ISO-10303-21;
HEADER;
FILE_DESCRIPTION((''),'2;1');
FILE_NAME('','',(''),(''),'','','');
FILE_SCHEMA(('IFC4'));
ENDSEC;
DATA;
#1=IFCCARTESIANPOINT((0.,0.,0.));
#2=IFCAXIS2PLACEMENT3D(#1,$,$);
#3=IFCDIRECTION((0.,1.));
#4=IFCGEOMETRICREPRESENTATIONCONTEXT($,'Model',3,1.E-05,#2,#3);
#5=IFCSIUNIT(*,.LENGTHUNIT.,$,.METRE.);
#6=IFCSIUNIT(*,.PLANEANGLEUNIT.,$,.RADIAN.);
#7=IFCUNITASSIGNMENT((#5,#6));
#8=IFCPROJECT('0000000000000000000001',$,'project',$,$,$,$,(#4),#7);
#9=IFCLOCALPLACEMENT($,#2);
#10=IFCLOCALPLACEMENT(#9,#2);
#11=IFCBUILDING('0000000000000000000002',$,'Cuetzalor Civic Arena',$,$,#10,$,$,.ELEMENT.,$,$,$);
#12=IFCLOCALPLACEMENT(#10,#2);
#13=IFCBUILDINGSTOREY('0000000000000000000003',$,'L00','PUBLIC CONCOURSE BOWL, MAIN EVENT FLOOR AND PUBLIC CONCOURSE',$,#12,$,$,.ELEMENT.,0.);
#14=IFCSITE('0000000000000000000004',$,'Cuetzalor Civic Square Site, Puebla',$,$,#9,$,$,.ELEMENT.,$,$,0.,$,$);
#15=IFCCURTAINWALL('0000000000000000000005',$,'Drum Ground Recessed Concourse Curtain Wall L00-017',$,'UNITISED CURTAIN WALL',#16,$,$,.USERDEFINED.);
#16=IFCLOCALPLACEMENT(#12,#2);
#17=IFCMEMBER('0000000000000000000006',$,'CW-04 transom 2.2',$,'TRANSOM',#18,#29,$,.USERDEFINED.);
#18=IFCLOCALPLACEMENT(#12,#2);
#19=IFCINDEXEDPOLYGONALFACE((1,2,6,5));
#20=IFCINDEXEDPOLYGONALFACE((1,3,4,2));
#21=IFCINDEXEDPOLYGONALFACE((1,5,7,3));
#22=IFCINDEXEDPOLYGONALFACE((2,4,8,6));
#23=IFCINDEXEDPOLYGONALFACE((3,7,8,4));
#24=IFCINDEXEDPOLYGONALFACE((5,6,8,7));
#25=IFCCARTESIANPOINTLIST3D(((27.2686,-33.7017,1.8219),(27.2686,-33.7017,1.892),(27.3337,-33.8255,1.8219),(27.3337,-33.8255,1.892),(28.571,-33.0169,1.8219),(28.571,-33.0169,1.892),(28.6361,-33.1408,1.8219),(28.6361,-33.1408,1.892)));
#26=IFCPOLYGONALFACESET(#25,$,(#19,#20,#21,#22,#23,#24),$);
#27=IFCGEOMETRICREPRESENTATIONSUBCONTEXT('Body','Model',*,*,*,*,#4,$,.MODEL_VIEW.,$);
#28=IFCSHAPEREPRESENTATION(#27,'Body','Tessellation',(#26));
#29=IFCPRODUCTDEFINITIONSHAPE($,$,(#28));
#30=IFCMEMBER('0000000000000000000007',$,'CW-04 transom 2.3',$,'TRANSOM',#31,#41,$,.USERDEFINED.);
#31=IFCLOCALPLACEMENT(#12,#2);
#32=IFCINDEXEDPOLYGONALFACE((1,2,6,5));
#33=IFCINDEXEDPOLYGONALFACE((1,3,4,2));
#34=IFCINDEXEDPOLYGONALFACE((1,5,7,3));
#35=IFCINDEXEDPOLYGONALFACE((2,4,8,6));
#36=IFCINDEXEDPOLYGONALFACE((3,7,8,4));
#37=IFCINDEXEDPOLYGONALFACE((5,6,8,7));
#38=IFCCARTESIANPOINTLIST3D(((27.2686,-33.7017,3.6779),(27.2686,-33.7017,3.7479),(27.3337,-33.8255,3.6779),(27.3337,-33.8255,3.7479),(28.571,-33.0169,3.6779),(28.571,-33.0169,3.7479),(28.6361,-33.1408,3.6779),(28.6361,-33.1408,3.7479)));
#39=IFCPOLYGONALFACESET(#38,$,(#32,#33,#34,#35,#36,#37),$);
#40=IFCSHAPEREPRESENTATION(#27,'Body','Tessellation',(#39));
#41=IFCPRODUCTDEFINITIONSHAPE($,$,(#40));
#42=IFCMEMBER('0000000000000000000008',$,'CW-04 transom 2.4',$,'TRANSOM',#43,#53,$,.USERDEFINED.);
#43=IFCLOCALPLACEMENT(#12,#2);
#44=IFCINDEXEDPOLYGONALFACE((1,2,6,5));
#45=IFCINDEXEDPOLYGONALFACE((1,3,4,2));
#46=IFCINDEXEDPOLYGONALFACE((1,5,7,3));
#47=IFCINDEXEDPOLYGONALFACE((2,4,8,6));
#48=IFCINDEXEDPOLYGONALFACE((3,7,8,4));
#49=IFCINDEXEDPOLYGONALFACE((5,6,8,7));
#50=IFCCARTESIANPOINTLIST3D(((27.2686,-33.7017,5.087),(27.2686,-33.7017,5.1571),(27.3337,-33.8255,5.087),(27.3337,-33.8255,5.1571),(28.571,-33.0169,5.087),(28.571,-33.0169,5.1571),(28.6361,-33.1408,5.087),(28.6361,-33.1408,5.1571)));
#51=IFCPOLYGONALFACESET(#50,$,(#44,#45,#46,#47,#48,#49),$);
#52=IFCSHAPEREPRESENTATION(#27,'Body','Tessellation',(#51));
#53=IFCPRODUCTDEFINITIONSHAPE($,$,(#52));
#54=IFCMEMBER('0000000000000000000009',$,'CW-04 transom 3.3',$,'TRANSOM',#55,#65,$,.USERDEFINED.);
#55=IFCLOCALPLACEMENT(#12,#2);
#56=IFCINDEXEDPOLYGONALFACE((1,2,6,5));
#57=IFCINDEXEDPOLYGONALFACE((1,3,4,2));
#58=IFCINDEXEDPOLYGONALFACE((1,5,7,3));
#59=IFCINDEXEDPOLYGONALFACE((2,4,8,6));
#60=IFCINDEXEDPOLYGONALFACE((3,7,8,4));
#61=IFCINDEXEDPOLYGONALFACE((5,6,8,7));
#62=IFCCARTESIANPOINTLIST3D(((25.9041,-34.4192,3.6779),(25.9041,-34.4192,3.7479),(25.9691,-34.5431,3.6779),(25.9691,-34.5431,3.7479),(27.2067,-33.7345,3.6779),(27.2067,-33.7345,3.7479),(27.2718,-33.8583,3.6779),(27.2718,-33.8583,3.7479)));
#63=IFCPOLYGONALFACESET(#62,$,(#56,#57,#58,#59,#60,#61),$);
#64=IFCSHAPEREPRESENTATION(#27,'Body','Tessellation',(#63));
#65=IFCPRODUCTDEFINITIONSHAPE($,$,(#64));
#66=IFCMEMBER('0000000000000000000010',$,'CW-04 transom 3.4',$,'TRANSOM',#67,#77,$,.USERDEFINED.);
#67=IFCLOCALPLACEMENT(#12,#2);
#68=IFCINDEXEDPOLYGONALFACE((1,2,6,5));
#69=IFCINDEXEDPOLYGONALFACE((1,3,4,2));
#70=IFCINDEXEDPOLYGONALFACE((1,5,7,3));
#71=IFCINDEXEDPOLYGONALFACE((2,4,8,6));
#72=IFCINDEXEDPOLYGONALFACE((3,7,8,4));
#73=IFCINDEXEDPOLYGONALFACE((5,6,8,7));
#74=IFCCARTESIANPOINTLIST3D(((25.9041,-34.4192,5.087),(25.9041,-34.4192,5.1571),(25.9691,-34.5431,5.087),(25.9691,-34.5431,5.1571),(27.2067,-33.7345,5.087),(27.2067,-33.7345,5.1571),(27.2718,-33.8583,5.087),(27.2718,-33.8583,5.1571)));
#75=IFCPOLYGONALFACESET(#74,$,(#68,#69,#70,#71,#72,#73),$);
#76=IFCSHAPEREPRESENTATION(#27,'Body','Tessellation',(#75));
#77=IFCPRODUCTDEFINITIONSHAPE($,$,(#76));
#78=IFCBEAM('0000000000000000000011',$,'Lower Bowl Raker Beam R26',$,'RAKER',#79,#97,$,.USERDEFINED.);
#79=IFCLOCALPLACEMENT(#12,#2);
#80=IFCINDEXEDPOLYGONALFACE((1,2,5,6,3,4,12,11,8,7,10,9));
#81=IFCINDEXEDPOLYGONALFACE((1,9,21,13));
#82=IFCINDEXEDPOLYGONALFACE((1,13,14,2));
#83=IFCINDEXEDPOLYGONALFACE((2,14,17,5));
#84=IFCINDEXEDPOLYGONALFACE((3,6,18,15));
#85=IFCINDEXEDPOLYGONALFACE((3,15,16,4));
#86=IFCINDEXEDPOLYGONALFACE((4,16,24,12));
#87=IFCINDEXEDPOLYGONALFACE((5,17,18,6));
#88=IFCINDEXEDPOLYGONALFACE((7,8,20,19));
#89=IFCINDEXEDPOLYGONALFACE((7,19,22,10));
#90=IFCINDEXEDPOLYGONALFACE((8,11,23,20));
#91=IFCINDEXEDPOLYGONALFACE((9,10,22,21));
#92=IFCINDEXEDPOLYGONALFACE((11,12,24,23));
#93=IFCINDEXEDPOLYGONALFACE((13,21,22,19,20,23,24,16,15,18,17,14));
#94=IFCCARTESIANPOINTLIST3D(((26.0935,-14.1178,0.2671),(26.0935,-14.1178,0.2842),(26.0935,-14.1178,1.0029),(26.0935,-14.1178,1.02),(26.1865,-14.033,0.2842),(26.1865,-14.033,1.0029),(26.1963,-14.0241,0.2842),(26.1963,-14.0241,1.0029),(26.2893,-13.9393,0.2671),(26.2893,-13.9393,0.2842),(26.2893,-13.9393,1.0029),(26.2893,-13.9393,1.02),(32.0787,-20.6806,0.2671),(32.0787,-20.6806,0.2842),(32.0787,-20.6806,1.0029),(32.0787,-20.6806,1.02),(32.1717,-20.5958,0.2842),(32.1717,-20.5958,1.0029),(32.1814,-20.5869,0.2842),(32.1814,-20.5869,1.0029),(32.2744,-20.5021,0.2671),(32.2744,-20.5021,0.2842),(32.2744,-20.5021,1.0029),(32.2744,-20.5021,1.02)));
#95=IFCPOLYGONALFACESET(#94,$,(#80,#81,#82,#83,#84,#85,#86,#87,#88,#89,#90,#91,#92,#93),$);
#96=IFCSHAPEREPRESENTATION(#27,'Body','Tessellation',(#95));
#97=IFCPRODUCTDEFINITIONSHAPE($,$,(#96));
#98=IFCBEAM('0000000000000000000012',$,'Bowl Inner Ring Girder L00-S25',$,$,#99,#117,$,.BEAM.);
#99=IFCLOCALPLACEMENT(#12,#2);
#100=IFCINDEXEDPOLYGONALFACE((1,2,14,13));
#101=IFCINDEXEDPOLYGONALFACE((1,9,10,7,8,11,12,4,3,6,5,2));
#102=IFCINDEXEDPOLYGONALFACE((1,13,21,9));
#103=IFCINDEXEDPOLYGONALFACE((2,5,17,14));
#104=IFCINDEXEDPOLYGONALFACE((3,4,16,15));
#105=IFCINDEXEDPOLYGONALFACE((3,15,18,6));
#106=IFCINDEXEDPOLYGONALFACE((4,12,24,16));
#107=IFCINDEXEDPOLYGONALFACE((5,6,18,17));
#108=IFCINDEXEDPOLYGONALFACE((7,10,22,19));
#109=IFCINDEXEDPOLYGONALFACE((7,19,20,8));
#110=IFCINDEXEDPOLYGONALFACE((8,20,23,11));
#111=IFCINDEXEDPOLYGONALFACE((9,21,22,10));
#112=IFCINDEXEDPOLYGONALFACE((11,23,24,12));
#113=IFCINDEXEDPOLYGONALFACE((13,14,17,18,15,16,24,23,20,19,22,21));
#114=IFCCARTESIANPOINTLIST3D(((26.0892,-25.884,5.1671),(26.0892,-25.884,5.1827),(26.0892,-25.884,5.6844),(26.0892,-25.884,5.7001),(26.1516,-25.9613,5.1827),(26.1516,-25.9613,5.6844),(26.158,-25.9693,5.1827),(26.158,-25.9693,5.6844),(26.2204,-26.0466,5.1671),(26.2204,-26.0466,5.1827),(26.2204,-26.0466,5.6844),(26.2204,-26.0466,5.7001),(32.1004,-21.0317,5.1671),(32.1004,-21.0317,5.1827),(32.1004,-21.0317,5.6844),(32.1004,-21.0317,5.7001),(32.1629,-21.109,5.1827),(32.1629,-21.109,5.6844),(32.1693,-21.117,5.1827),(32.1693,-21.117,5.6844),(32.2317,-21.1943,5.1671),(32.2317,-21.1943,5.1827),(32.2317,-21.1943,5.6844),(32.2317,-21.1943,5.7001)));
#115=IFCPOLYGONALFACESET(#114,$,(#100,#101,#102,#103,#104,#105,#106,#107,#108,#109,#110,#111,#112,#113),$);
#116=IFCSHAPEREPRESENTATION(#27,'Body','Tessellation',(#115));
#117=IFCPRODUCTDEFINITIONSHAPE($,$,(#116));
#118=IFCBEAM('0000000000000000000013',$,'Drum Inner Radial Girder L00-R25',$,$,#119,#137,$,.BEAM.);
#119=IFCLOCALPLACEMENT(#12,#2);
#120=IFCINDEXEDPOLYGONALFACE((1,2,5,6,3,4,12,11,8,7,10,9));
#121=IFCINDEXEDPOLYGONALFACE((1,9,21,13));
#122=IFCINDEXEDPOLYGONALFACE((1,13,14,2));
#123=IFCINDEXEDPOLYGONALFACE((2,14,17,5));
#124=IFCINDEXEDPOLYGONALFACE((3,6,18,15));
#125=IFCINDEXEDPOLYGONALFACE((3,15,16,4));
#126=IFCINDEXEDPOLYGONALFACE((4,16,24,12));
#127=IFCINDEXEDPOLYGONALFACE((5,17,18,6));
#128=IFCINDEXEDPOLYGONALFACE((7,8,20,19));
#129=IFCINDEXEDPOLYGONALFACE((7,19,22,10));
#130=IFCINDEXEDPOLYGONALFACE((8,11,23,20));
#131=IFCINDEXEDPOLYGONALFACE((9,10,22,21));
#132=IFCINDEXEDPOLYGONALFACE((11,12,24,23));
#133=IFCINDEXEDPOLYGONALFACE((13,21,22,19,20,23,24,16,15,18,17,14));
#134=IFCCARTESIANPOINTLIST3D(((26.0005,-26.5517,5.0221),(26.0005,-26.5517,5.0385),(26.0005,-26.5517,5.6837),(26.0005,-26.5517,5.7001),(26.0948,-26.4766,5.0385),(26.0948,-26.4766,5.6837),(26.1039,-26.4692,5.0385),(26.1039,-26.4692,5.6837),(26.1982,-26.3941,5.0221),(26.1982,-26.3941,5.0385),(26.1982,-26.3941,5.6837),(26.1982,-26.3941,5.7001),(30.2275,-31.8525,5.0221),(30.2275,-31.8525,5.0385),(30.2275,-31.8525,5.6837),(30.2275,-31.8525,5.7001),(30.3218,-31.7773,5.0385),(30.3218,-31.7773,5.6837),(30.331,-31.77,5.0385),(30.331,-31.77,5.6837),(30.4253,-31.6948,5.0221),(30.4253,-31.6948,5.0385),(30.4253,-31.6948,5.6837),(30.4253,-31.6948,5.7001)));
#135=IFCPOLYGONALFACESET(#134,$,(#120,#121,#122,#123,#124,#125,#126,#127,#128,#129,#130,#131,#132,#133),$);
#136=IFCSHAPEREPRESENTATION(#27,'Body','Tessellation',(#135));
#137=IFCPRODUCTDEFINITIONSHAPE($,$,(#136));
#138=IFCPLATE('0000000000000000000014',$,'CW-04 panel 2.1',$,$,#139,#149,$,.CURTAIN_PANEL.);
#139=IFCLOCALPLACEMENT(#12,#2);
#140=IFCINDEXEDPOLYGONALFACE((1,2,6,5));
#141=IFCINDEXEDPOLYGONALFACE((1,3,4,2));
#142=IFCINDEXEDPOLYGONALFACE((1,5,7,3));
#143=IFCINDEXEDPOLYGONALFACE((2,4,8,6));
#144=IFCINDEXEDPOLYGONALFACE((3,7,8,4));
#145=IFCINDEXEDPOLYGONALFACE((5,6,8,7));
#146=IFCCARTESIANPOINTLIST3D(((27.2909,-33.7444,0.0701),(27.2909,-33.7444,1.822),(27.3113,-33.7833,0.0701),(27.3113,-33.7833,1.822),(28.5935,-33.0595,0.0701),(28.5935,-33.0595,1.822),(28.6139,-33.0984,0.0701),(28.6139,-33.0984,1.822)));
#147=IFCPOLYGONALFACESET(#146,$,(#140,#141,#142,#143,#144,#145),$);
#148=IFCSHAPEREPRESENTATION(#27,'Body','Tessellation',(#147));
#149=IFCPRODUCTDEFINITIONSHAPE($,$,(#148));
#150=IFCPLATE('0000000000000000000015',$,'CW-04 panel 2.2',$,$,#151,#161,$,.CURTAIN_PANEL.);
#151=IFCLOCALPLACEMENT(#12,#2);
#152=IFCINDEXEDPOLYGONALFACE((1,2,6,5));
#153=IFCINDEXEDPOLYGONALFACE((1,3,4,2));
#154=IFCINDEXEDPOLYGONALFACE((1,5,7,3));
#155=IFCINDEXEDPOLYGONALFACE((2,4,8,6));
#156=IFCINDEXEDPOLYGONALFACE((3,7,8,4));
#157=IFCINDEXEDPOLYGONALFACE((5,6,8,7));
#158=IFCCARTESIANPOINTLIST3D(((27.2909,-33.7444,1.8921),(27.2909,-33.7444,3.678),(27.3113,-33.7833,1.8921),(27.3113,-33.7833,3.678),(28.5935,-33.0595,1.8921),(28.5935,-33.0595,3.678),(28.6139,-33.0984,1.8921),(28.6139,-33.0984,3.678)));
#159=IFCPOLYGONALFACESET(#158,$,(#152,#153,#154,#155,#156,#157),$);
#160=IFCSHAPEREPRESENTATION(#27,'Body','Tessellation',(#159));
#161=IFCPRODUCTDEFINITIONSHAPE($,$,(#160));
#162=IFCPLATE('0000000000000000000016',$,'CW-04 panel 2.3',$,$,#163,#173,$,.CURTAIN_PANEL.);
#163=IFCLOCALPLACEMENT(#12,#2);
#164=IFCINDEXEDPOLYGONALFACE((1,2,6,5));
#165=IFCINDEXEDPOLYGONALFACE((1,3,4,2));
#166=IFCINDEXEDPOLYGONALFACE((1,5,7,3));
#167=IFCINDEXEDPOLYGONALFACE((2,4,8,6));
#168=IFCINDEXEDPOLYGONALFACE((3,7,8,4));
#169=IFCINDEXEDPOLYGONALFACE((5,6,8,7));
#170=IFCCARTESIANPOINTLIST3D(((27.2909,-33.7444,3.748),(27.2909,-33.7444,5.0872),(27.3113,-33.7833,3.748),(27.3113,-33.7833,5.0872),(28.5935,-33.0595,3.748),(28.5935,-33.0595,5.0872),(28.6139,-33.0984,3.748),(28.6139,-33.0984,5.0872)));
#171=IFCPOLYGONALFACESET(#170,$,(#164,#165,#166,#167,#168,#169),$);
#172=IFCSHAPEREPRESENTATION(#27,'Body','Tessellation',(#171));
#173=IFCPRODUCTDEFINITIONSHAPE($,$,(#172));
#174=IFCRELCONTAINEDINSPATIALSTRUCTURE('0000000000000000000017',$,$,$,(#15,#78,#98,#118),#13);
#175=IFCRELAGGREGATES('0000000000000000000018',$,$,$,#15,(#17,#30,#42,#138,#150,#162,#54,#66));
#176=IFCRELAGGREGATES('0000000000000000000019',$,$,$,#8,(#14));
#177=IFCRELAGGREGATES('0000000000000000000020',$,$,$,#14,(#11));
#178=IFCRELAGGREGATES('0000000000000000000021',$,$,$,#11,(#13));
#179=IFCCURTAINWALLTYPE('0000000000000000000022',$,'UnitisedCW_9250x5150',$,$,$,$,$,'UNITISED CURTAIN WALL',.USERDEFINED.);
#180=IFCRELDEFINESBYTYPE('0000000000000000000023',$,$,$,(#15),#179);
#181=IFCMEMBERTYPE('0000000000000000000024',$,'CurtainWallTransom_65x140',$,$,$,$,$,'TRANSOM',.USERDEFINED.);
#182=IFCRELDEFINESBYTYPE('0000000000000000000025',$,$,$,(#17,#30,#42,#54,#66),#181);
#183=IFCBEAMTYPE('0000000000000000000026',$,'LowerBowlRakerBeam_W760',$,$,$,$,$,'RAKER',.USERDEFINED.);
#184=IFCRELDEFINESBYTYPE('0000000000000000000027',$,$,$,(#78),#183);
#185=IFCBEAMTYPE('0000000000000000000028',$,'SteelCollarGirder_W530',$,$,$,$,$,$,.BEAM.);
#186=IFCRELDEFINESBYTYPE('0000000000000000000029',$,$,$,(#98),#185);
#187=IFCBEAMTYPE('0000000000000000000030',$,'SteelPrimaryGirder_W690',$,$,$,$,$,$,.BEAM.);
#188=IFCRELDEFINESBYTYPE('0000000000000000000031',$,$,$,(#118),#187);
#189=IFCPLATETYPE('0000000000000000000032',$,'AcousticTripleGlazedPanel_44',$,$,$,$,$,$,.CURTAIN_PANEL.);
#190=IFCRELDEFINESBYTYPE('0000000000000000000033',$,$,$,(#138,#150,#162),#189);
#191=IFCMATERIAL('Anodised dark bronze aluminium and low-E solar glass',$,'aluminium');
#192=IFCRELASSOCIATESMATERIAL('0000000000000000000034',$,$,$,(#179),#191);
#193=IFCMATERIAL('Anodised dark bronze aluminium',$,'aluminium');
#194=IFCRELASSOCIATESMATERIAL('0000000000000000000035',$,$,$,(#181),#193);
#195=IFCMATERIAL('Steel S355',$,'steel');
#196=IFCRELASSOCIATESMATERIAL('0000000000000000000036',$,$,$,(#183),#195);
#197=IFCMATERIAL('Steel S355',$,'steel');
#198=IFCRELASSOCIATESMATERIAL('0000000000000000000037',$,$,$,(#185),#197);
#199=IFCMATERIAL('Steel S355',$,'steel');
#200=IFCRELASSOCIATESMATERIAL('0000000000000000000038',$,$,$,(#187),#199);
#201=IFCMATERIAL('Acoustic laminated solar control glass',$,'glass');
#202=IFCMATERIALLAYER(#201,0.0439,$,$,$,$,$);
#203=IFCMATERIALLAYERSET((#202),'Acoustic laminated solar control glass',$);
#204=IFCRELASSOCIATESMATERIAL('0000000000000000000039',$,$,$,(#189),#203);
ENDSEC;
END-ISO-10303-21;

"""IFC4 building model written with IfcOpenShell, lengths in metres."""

from ifc_helpers import new_model, si_unit, direction, frame, origin, origin_2d, place, context, subcontext, project, spatial, rectangle, i_section, extrude, material, layer, layer_set, material_profile, profile_set, type_object, element, aggregate, save


model = new_model("IFC4")

# Units and contexts
model_context = context("Model", 3, precision=1e-05, world=origin(), true_north=direction((0.0, 1.0)))
body_context = subcontext(model_context, "Body", "Model", "MODEL_VIEW")
ifc_project = project(units=[si_unit("LENGTHUNIT", "METRE"), si_unit("PLANEANGLEUNIT", "RADIAN")], contexts=[model_context])

# Site, building, storey
site_placement = place(None, origin())
site = spatial("IfcSite", under=ifc_project, at=site_placement, Name="Cuetzalor Civic Square Site, Puebla", CompositionType="ELEMENT", RefElevation=0.0)
building_placement = place(site_placement, origin())
building = spatial("IfcBuilding", under=site, at=building_placement, Name="Cuetzalor Civic Arena", CompositionType="ELEMENT")
storey_placement = place(building_placement, origin())
storey = spatial("IfcBuildingStorey", under=building, at=storey_placement, Name="L00", Description="PUBLIC CONCOURSE BOWL, MAIN EVENT FLOOR AND PUBLIC CONCOURSE", CompositionType="ELEMENT", Elevation=0.0)

# Curtain wall, members
ifc_material_1 = material(Name="Anodised dark bronze aluminium and low-E solar glass", Category="aluminium")
curtain_wall_type = type_object("IfcCurtainWallType", Name="UnitisedCW_9250x5150", ElementType="UNITISED CURTAIN WALL", PredefinedType="USERDEFINED", material=ifc_material_1)
curtain_wall_placement = place(storey_placement, origin())
curtain_wall = element("IfcCurtainWall", 1, at=curtain_wall_placement, inside=storey, type_object=curtain_wall_type, Name="Drum Ground Recessed Concourse Curtain Wall L00-017", ObjectType="UNITISED CURTAIN WALL", PredefinedType="USERDEFINED")
ifc_material_2 = material(Name="Anodised dark bronze aluminium", Category="aluminium")
ifc_material_profile_1 = material_profile(ifc_material_2, rectangle(XDim=0.1399, YDim=0.0701, at=origin_2d()), Name="ALU TRANSOM 70x140")
ifc_profile_set_1 = profile_set([ifc_material_profile_1], Name="Anodised dark bronze aluminium")
member_type_1 = type_object("IfcMemberType", Name="CurtainWallTransom_65x140", ElementType="TRANSOM", PredefinedType="USERDEFINED", material=ifc_profile_set_1)
member_1_placement = place(storey_placement, frame((28.6035, -33.0789, 1.8569), z_axis=(-0.885116, -0.46537, 0.0), x_axis=(0.46537, -0.885116, 0.0)))
member_1 = element("IfcMember", 2, at=member_1_placement, type_object=member_type_1, Name="CW-04 transom 2.2", ObjectType="TRANSOM", PredefinedType="USERDEFINED", context=body_context, shape_type="SweptSolid", body=[
    extrude(rectangle(XDim=0.1399, YDim=0.0701, at=origin_2d()), origin(), (0.0, 0.0, 1.0), 1.4714),
])
member_2_placement = place(storey_placement, frame((28.6035, -33.0789, 3.7129), z_axis=(-0.885116, -0.46537, 0.0), x_axis=(0.46537, -0.885116, 0.0)))
member_2 = element("IfcMember", 3, at=member_2_placement, type_object=member_type_1, Name="CW-04 transom 2.3", ObjectType="TRANSOM", PredefinedType="USERDEFINED", context=body_context, shape_type="SweptSolid", body=[
    extrude(rectangle(XDim=0.1399, YDim=0.0701, at=origin_2d()), origin(), (0.0, 0.0, 1.0), 1.4714),
])
member_3_placement = place(storey_placement, frame((28.6035, -33.0789, 5.1221), z_axis=(-0.885116, -0.46537, 0.0), x_axis=(0.46537, -0.885116, 0.0)))
member_3 = element("IfcMember", 4, at=member_3_placement, type_object=member_type_1, Name="CW-04 transom 2.4", ObjectType="TRANSOM", PredefinedType="USERDEFINED", context=body_context, shape_type="SweptSolid", body=[
    extrude(rectangle(XDim=0.1399, YDim=0.0701, at=origin_2d()), origin(), (0.0, 0.0, 1.0), 1.4714),
])
member_4_placement = place(storey_placement, frame((27.2393, -33.7964, 3.7129), z_axis=(-0.885152, -0.465302, 0.0), x_axis=(0.465302, -0.885152, 0.0)))
member_4 = element("IfcMember", 5, at=member_4_placement, type_object=member_type_1, Name="CW-04 transom 3.3", ObjectType="TRANSOM", PredefinedType="USERDEFINED", context=body_context, shape_type="SweptSolid", body=[
    extrude(rectangle(XDim=0.1399, YDim=0.0701, at=origin_2d()), origin(), (0.0, 0.0, 1.0), 1.4717),
])
member_5_placement = place(storey_placement, frame((27.2393, -33.7964, 5.1221), z_axis=(-0.885152, -0.465302, 0.0), x_axis=(0.465302, -0.885152, 0.0)))
member_5 = element("IfcMember", 6, at=member_5_placement, type_object=member_type_1, Name="CW-04 transom 3.4", ObjectType="TRANSOM", PredefinedType="USERDEFINED", context=body_context, shape_type="SweptSolid", body=[
    extrude(rectangle(XDim=0.1399, YDim=0.0701, at=origin_2d()), origin(), (0.0, 0.0, 1.0), 1.4717),
])

# Beams
ifc_material_3 = material(Name="Steel S355", Category="steel")
ifc_material_profile_2 = material_profile(ifc_material_3, i_section(OverallWidth=0.2649, OverallDepth=0.7529, WebThickness=0.0132, FlangeThickness=0.0171, at=origin_2d()), Name="W760x147")
ifc_profile_set_2 = profile_set([ifc_material_profile_2], Name="Steel S355")
beam_type_1 = type_object("IfcBeamType", Name="LowerBowlRakerBeam_W760", ElementType="RAKER", PredefinedType="USERDEFINED", material=ifc_profile_set_2)
beam_1_placement = place(storey_placement, frame((26.1914, -14.0286, 0.6436), z_axis=(0.673842, -0.738876, 0.0), x_axis=(0.738876, 0.673842, 0.0)))
element("IfcBeam", 7, at=beam_1_placement, inside=storey, type_object=beam_type_1, Name="Lower Bowl Raker Beam R26", ObjectType="RAKER", PredefinedType="USERDEFINED", context=body_context, shape_type="SweptSolid", body=[
    extrude(i_section(OverallWidth=0.2649, OverallDepth=0.7529, WebThickness=0.0132, FlangeThickness=0.0171, at=origin_2d()), origin(), (0.0, 0.0, 1.0), 8.8821),
])
ifc_material_4 = material(Name="Steel S355", Category="steel")
ifc_material_profile_3 = material_profile(ifc_material_4, i_section(OverallWidth=0.209, OverallDepth=0.533, WebThickness=0.0103, FlangeThickness=0.0156, at=origin_2d()), Name="W530x92")
ifc_profile_set_3 = profile_set([ifc_material_profile_3], Name="Steel S355")
beam_type_2 = type_object("IfcBeamType", Name="SteelCollarGirder_W530", PredefinedType="BEAM", material=ifc_profile_set_3)
beam_2_placement = place(storey_placement, frame((26.1548, -25.9653, 5.4336), z_axis=(0.778127, 0.628108, 0.0), x_axis=(-0.628108, 0.778127, 0.0)))
element("IfcBeam", 8, at=beam_2_placement, inside=storey, type_object=beam_type_2, Name="Bowl Inner Ring Girder L00-S25", PredefinedType="BEAM", context=body_context, shape_type="SweptSolid", body=[
    extrude(i_section(OverallWidth=0.209, OverallDepth=0.533, WebThickness=0.0103, FlangeThickness=0.0156, at=origin_2d()), origin(), (0.0, 0.0, 1.0), 7.7253),
])
ifc_material_5 = material(Name="Steel S355", Category="steel")
ifc_material_profile_4 = material_profile(ifc_material_5, i_section(OverallWidth=0.2529, OverallDepth=0.678, WebThickness=0.0117, FlangeThickness=0.0164, at=origin_2d()), Name="W690x125")
ifc_profile_set_4 = profile_set([ifc_material_profile_4], Name="Steel S355")
beam_type_3 = type_object("IfcBeamType", Name="SteelPrimaryGirder_W690", PredefinedType="BEAM", material=ifc_profile_set_4)
beam_3_placement = place(storey_placement, frame((26.0994, -26.4729, 5.3611), z_axis=(0.623473, -0.781845, 0.0), x_axis=(0.781845, 0.623473, 0.0)))
element("IfcBeam", 9, at=beam_3_placement, inside=storey, type_object=beam_type_3, Name="Drum Inner Radial Girder L00-R25", PredefinedType="BEAM", context=body_context, shape_type="SweptSolid", body=[
    extrude(i_section(OverallWidth=0.2529, OverallDepth=0.678, WebThickness=0.0117, FlangeThickness=0.0164, at=origin_2d()), origin(), (0.0, 0.0, 1.0), 6.7798),
])

# Plates
ifc_material_6 = material(Name="Acoustic laminated solar control glass", Category="glass")
ifc_layer_1 = layer(ifc_material_6, 0.0439)
ifc_layer_set_1 = layer_set([ifc_layer_1], Name="Acoustic laminated solar control glass")
plate_type = type_object("IfcPlateType", Name="AcousticTripleGlazedPanel_44", PredefinedType="CURTAIN_PANEL", material=ifc_layer_set_1)
plate_1_placement = place(storey_placement, frame((27.9524, -33.4214, 0.0701), z_axis=(0.0, 0.0, 1.0), x_axis=(-0.885118, -0.465366, 0.0)))
plate_1 = element("IfcPlate", 10, at=plate_1_placement, type_object=plate_type, Name="CW-04 panel 2.1", PredefinedType="CURTAIN_PANEL", context=body_context, shape_type="SweptSolid", body=[
    extrude(rectangle(XDim=1.4717, YDim=0.0439, at=origin_2d()), origin(), (0.0, 0.0, 1.0), 1.752),
])
plate_2_placement = place(storey_placement, frame((27.9524, -33.4214, 1.8921), z_axis=(0.0, 0.0, 1.0), x_axis=(-0.885118, -0.465366, 0.0)))
plate_2 = element("IfcPlate", 11, at=plate_2_placement, type_object=plate_type, Name="CW-04 panel 2.2", PredefinedType="CURTAIN_PANEL", context=body_context, shape_type="SweptSolid", body=[
    extrude(rectangle(XDim=1.4717, YDim=0.0439, at=origin_2d()), origin(), (0.0, 0.0, 1.0), 1.7859),
])
plate_3_placement = place(storey_placement, frame((27.9524, -33.4214, 3.748), z_axis=(0.0, 0.0, 1.0), x_axis=(-0.885118, -0.465366, 0.0)))
plate_3 = element("IfcPlate", 12, at=plate_3_placement, type_object=plate_type, Name="CW-04 panel 2.3", PredefinedType="CURTAIN_PANEL", context=body_context, shape_type="SweptSolid", body=[
    extrude(rectangle(XDim=1.4717, YDim=0.0439, at=origin_2d()), origin(), (0.0, 0.0, 1.0), 1.3391),
])
aggregate(curtain_wall, [member_1, member_2, member_3, plate_1, plate_2, plate_3, member_4, member_5])

save(model, "model.ifc")
